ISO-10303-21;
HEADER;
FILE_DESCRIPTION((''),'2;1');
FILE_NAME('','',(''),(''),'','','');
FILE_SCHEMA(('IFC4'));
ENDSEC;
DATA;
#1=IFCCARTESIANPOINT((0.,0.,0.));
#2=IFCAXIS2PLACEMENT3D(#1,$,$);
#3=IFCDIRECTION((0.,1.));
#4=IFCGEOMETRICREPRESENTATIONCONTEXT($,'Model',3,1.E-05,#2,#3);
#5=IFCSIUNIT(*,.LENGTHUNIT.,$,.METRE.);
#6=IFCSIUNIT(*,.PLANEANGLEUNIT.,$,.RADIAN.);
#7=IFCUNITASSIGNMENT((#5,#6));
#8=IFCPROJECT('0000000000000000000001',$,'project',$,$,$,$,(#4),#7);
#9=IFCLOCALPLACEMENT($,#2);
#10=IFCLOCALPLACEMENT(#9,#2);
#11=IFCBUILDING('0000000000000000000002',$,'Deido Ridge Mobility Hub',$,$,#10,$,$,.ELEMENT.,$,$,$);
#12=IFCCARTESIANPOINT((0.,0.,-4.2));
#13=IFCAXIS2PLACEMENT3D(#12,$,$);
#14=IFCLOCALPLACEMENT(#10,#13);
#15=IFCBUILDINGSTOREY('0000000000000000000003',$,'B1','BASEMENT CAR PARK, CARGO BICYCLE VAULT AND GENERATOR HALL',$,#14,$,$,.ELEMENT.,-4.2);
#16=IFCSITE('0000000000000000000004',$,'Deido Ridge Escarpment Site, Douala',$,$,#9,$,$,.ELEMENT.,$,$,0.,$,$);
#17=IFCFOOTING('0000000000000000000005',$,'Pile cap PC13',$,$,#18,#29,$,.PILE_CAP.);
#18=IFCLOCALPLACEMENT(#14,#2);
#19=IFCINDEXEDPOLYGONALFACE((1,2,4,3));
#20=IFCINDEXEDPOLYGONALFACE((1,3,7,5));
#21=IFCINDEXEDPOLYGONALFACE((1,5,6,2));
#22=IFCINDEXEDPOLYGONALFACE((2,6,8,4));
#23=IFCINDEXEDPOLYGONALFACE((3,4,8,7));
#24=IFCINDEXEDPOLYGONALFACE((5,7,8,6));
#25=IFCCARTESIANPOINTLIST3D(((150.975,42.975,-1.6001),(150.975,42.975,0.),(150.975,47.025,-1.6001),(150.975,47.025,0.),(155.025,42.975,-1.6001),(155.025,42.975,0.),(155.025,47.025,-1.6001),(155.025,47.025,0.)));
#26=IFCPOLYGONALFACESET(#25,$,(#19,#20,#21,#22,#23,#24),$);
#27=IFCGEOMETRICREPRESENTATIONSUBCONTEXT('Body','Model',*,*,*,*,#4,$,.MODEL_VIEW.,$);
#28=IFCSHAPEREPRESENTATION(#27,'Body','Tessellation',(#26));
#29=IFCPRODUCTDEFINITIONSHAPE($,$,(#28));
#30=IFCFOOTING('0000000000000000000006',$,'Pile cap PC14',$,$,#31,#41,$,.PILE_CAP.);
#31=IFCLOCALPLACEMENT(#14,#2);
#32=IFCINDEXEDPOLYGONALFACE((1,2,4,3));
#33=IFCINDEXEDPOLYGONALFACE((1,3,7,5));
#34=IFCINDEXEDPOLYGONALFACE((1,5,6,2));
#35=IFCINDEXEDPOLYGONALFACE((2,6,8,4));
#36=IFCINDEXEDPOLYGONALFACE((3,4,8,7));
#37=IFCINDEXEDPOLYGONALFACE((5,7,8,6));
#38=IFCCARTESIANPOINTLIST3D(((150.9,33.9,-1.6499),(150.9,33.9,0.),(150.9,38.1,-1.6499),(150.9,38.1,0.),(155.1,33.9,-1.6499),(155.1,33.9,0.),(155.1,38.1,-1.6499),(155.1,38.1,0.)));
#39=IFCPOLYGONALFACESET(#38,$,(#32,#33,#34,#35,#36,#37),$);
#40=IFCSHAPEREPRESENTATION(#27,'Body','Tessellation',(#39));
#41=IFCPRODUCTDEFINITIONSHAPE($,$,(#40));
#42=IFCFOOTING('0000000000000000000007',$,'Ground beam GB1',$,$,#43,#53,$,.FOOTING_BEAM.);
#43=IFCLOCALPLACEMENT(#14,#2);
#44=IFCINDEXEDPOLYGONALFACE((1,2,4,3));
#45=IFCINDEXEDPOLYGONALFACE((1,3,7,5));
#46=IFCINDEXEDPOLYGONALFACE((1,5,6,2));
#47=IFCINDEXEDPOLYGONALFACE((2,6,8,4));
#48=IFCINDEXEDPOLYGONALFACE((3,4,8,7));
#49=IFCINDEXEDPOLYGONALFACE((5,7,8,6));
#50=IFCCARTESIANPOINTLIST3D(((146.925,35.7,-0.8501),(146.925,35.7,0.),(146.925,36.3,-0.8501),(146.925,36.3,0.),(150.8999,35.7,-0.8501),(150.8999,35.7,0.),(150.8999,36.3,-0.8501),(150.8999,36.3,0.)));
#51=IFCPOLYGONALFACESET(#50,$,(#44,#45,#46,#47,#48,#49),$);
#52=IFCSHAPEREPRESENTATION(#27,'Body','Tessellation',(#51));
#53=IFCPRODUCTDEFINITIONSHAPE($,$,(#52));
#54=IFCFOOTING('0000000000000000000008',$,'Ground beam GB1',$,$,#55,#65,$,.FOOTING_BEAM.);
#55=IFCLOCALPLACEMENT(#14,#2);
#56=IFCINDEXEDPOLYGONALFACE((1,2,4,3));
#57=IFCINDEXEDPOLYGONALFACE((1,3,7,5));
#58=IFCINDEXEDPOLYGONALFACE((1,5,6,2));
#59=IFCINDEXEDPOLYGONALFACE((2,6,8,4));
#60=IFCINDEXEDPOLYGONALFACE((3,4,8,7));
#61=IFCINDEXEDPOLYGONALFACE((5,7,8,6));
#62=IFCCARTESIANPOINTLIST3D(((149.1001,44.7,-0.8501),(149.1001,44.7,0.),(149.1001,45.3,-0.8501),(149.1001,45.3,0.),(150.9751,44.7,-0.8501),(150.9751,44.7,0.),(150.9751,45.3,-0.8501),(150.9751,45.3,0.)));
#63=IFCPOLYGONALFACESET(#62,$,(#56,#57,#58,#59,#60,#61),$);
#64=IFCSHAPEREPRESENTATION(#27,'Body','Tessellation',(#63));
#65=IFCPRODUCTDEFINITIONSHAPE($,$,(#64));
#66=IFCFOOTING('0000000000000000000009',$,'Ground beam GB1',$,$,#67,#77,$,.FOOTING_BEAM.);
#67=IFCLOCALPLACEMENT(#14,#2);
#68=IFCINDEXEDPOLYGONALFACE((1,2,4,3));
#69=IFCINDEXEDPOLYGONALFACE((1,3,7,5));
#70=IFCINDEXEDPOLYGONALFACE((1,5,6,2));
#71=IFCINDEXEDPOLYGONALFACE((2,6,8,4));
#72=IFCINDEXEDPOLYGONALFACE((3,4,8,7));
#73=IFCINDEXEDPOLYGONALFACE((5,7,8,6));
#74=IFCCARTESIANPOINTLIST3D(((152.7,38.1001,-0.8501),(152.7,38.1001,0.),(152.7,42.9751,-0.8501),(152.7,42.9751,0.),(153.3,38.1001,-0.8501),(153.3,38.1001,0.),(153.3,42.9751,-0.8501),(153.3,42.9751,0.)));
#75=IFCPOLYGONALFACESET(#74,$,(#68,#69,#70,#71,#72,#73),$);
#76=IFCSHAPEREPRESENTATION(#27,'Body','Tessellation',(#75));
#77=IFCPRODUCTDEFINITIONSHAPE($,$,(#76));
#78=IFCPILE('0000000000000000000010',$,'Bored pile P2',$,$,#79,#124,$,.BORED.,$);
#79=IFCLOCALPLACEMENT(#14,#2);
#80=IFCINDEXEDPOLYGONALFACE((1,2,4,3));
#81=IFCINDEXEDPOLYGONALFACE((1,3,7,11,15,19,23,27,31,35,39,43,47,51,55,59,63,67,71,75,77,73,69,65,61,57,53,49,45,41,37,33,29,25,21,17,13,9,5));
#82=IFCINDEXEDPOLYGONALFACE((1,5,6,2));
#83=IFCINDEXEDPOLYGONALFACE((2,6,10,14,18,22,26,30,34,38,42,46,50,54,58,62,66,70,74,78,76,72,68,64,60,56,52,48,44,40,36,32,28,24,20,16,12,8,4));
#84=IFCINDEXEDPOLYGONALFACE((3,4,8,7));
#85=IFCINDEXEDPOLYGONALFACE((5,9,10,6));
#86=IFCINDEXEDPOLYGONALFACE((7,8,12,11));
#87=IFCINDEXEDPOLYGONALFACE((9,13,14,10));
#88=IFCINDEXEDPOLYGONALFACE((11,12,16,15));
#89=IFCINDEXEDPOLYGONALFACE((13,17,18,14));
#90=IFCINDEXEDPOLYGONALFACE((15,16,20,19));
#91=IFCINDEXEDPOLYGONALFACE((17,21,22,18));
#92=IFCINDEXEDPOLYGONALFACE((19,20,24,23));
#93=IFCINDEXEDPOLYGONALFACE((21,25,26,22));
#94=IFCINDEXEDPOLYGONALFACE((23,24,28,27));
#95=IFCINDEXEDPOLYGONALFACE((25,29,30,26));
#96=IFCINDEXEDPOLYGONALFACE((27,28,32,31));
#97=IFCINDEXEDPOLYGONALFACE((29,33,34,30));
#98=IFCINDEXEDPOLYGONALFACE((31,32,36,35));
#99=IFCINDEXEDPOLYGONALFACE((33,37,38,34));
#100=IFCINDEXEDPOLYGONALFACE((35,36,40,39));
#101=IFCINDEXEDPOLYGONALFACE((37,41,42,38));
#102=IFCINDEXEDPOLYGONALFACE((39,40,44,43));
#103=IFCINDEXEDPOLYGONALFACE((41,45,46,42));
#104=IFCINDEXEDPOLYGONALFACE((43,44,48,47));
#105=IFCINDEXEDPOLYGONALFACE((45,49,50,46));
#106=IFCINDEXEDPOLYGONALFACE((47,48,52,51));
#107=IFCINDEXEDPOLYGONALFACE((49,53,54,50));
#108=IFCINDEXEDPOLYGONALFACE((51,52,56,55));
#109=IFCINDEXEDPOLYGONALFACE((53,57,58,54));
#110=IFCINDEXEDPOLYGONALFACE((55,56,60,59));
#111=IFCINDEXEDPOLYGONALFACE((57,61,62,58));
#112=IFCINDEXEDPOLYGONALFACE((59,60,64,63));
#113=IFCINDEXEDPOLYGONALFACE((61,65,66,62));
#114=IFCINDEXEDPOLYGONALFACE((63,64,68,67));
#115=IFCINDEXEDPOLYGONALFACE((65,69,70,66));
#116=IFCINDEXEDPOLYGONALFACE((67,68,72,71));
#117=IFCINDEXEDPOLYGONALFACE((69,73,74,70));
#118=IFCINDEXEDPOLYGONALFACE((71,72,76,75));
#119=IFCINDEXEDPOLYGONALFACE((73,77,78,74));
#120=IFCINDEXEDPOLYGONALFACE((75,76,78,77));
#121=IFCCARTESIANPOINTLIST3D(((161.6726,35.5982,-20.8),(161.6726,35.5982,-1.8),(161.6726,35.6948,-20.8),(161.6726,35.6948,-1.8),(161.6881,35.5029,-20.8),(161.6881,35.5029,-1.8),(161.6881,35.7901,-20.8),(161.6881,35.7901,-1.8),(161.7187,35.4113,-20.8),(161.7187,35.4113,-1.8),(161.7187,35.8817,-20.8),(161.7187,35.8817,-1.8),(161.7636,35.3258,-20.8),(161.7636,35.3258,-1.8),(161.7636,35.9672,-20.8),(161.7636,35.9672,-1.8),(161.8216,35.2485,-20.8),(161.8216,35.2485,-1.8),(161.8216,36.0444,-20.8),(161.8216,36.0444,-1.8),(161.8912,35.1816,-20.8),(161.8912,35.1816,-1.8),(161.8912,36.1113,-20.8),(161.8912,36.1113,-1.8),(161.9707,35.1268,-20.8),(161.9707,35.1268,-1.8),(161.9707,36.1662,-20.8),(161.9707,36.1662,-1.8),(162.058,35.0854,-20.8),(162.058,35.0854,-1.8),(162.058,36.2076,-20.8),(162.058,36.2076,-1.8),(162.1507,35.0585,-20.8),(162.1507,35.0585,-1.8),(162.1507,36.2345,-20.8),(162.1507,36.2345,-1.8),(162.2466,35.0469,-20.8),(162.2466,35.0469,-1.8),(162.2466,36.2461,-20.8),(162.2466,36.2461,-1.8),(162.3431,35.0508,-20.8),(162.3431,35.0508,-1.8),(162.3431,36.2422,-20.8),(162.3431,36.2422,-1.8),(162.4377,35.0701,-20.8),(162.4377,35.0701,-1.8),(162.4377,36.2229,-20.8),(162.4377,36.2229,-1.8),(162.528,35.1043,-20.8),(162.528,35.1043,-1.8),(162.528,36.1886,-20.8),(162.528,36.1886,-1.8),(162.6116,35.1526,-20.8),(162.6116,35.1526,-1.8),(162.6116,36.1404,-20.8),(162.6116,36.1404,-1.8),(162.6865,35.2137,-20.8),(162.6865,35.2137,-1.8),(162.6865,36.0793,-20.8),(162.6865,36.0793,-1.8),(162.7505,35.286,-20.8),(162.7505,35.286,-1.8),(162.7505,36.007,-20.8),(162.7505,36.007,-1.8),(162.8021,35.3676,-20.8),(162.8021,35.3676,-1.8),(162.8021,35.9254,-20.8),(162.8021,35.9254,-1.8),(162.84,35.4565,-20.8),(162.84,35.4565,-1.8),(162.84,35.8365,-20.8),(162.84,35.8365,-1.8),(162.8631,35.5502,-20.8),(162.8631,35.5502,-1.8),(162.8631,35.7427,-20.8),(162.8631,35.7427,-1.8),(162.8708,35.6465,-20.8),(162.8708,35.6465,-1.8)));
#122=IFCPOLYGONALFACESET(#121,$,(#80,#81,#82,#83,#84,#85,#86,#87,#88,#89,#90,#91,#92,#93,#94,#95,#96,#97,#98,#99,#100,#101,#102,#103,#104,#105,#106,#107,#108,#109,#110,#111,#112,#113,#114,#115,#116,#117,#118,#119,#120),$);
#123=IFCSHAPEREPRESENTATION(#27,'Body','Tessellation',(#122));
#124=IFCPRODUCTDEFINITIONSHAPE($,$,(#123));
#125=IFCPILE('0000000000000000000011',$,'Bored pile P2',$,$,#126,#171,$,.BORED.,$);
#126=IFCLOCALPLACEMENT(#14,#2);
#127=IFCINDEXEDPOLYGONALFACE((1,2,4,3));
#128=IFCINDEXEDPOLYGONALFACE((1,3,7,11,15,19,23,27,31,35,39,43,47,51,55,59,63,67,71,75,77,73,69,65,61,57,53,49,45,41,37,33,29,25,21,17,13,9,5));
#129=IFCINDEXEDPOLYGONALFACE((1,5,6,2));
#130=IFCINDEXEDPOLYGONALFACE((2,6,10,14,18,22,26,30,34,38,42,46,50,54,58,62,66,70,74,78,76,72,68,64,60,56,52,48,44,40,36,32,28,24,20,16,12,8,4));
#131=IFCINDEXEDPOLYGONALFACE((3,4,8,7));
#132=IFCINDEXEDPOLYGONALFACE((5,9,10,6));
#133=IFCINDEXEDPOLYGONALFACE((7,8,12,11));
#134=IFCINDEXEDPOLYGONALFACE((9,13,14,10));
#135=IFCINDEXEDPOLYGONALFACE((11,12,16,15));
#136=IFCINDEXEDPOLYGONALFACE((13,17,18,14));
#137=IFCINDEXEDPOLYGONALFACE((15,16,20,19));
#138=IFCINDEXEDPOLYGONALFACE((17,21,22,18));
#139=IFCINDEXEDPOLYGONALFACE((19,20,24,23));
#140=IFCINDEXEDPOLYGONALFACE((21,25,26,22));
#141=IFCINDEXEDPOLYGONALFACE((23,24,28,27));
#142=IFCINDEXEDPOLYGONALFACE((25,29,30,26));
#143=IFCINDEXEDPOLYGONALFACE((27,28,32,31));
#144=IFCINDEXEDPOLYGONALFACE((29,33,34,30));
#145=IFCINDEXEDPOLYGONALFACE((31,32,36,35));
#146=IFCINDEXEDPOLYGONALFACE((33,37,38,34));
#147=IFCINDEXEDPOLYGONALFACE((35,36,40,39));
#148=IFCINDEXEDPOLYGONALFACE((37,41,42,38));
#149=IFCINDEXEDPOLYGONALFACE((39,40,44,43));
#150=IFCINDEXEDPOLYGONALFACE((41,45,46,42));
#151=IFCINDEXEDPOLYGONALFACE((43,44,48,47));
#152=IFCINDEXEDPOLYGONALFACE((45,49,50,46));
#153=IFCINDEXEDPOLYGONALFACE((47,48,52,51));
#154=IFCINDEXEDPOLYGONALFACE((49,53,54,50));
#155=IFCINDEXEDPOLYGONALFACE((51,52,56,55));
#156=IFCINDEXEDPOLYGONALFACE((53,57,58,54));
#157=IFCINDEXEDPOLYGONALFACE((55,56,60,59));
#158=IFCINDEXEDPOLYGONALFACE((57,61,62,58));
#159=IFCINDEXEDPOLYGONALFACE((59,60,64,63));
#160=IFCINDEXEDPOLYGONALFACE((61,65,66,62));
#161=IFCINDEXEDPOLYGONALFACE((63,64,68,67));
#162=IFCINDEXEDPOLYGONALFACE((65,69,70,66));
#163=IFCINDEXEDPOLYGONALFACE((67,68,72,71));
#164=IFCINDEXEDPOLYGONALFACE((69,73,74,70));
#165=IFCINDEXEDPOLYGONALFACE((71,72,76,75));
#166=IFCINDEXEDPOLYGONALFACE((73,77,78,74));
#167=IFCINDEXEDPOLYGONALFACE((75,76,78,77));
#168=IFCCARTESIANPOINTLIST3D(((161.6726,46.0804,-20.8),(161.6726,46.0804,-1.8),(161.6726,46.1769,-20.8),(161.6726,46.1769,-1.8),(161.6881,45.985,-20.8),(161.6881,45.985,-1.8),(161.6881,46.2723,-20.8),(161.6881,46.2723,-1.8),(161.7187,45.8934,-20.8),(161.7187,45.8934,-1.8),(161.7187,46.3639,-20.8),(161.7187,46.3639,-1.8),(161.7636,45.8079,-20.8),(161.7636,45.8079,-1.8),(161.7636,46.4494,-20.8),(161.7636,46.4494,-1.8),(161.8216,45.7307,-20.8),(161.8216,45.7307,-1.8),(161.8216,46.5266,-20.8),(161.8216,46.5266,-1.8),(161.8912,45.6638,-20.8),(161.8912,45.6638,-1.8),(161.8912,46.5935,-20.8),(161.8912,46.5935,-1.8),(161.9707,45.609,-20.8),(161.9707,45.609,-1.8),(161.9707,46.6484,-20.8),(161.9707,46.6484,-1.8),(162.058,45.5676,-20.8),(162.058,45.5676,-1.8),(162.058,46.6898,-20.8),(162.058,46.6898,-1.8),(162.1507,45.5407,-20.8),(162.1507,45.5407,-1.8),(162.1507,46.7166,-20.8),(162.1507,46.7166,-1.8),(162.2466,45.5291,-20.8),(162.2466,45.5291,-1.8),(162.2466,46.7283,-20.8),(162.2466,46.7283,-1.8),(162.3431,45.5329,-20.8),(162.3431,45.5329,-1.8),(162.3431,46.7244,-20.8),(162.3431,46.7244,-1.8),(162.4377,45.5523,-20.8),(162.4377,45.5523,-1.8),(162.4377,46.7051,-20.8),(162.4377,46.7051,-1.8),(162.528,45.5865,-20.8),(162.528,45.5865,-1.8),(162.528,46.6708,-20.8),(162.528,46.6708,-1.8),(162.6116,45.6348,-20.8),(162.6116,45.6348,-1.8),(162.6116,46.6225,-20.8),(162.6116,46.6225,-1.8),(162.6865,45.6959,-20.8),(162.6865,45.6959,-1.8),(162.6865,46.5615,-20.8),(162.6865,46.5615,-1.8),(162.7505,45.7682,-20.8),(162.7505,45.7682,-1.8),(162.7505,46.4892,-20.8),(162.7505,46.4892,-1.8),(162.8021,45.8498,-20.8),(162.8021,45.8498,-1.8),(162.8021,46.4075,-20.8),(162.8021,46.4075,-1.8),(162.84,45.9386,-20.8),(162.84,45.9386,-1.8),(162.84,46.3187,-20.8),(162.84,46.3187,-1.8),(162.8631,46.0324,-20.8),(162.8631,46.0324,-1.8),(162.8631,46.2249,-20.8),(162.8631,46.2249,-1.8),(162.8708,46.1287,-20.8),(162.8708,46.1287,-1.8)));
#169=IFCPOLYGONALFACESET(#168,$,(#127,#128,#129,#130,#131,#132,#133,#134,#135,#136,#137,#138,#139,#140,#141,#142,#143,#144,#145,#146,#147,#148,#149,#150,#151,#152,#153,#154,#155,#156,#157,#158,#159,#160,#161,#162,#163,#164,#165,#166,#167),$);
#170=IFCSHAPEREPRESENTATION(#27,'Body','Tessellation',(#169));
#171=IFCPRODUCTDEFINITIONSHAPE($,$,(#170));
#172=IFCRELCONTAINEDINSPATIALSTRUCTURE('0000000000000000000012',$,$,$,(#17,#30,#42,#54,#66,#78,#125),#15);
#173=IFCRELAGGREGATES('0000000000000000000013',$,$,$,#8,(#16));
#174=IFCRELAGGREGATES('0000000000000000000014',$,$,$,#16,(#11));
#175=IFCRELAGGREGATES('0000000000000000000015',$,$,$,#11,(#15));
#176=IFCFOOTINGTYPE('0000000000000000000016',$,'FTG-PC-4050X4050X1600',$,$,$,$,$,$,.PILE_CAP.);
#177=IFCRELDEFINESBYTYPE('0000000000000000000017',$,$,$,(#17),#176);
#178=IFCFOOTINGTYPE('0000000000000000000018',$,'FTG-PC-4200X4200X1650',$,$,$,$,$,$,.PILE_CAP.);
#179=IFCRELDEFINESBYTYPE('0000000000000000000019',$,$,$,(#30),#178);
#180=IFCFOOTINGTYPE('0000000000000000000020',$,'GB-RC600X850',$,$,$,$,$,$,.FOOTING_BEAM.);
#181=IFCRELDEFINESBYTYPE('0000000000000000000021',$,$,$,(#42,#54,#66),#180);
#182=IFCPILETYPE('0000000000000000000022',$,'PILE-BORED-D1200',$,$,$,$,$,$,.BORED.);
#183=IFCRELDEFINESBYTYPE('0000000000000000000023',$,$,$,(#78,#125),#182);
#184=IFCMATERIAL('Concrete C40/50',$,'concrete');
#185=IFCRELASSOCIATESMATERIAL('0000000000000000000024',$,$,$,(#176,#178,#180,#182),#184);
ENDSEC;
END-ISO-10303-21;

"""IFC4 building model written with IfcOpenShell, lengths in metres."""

from ifc_helpers import new_model, si_unit, direction, frame, origin, origin_2d, place, context, subcontext, project, spatial, rectangle, circle, extrude, material, material_profile, profile_set, type_object, element, save


model = new_model("IFC4")

# Units and contexts
model_context = context("Model", 3, precision=1e-05, world=origin(), true_north=direction((0.0, 1.0)))
body_context = subcontext(model_context, "Body", "Model", "MODEL_VIEW")
ifc_project = project(units=[si_unit("LENGTHUNIT", "METRE"), si_unit("PLANEANGLEUNIT", "RADIAN")], contexts=[model_context])

# Site, building, storey
site_placement = place(None, origin())
site = spatial("IfcSite", under=ifc_project, at=site_placement, Name="Deido Ridge Escarpment Site, Douala", CompositionType="ELEMENT", RefElevation=0.0)
building_placement = place(site_placement, origin())
building = spatial("IfcBuilding", under=site, at=building_placement, Name="Deido Ridge Mobility Hub", CompositionType="ELEMENT")
storey_placement = place(building_placement, frame((0.0, 0.0, -4.2)))
storey = spatial("IfcBuildingStorey", under=building, at=storey_placement, Name="B1", Description="BASEMENT CAR PARK, CARGO BICYCLE VAULT AND GENERATOR HALL", CompositionType="ELEMENT", Elevation=-4.2)

# Footings
ifc_material_1 = material(Name="Concrete C40/50", Category="concrete")
footing_type_1 = type_object("IfcFootingType", Name="FTG-PC-4050X4050X1600", PredefinedType="PILE_CAP", material=ifc_material_1)
footing_1_placement = place(storey_placement, frame((153.0, 45.0, -1.6001), z_axis=(0.0, 0.0, 1.0), x_axis=(1.0, 0.0, 0.0)))
element("IfcFooting", 1, at=footing_1_placement, inside=storey, type_object=footing_type_1, Name="Pile cap PC13", PredefinedType="PILE_CAP", context=body_context, shape_type="SweptSolid", body=[
    extrude(rectangle(XDim=4.05, YDim=4.05, at=origin_2d()), origin(), (0.0, 0.0, 1.0), 1.6001),
])
footing_type_2 = type_object("IfcFootingType", Name="FTG-PC-4200X4200X1650", PredefinedType="PILE_CAP", material=ifc_material_1)
footing_2_placement = place(storey_placement, frame((153.0, 36.0, -1.6499), z_axis=(0.0, 0.0, 1.0), x_axis=(1.0, 0.0, 0.0)))
element("IfcFooting", 2, at=footing_2_placement, inside=storey, type_object=footing_type_2, Name="Pile cap PC14", PredefinedType="PILE_CAP", context=body_context, shape_type="SweptSolid", body=[
    extrude(rectangle(XDim=4.2, YDim=4.2, at=origin_2d()), origin(), (0.0, 0.0, 1.0), 1.6499),
])
ifc_material_profile_1 = material_profile(ifc_material_1, rectangle(XDim=0.6001, YDim=0.8501, at=origin_2d()), Name="RC GB 600x850")
ifc_profile_set_1 = profile_set([ifc_material_profile_1], Name="Concrete C40/50")
footing_type_3 = type_object("IfcFootingType", Name="GB-RC600X850", PredefinedType="FOOTING_BEAM", material=ifc_profile_set_1)
footing_3_placement = place(storey_placement, frame((146.925, 36.0, -0.425), z_axis=(1.0, 0.0, 0.0), x_axis=(0.0, 1.0, 0.0)))
element("IfcFooting", 3, at=footing_3_placement, inside=storey, type_object=footing_type_3, Name="Ground beam GB1", PredefinedType="FOOTING_BEAM", context=body_context, shape_type="SweptSolid", body=[
    extrude(rectangle(XDim=0.6001, YDim=0.8501, at=origin_2d()), origin(), (0.0, 0.0, 1.0), 3.9749),
])
footing_4_placement = place(storey_placement, frame((149.1001, 45.0, -0.425), z_axis=(1.0, 0.0, 0.0), x_axis=(0.0, 1.0, 0.0)))
element("IfcFooting", 4, at=footing_4_placement, inside=storey, type_object=footing_type_3, Name="Ground beam GB1", PredefinedType="FOOTING_BEAM", context=body_context, shape_type="SweptSolid", body=[
    extrude(rectangle(XDim=0.6001, YDim=0.8501, at=origin_2d()), origin(), (0.0, 0.0, 1.0), 1.875),
])
footing_5_placement = place(storey_placement, frame((153.0, 38.1001, -0.425), z_axis=(0.0, 1.0, 0.0), x_axis=(-1.0, 0.0, 0.0)))
element("IfcFooting", 5, at=footing_5_placement, inside=storey, type_object=footing_type_3, Name="Ground beam GB1", PredefinedType="FOOTING_BEAM", context=body_context, shape_type="SweptSolid", body=[
    extrude(rectangle(XDim=0.6001, YDim=0.8501, at=origin_2d()), origin(), (0.0, 0.0, 1.0), 4.875),
])

# Piles
ifc_material_profile_2 = material_profile(ifc_material_1, circle(Radius=0.6001, at=origin_2d()), Name="BORED PILE D1200")
ifc_profile_set_2 = profile_set([ifc_material_profile_2], Name="Concrete C40/50")
pile_type_1 = type_object("IfcPileType", Name="PILE-BORED-D1200", PredefinedType="BORED", material=ifc_profile_set_2)
for number, where, z_axis, x_axis, name in (
    (6, (162.2708, 35.6465, -1.8), (0.0, 0.0, -1.0), (1.0, 0.0, 0.0), "Bored pile P2"),
    (7, (162.2708, 46.1287, -1.8), (0.0, 0.0, -1.0), (1.0, 0.0, 0.0), "Bored pile P2"),
):
    element("IfcPile", number, at=place(storey_placement, frame(where, z_axis=z_axis, x_axis=x_axis)), inside=storey, type_object=pile_type_1, Name=name, PredefinedType="BORED", context=body_context, shape_type="SweptSolid", body=[
        extrude(circle(Radius=0.6001, at=origin_2d()), origin(), (0.0, 0.0, 1.0), 19.0),
    ])

save(model, "model.ifc")
